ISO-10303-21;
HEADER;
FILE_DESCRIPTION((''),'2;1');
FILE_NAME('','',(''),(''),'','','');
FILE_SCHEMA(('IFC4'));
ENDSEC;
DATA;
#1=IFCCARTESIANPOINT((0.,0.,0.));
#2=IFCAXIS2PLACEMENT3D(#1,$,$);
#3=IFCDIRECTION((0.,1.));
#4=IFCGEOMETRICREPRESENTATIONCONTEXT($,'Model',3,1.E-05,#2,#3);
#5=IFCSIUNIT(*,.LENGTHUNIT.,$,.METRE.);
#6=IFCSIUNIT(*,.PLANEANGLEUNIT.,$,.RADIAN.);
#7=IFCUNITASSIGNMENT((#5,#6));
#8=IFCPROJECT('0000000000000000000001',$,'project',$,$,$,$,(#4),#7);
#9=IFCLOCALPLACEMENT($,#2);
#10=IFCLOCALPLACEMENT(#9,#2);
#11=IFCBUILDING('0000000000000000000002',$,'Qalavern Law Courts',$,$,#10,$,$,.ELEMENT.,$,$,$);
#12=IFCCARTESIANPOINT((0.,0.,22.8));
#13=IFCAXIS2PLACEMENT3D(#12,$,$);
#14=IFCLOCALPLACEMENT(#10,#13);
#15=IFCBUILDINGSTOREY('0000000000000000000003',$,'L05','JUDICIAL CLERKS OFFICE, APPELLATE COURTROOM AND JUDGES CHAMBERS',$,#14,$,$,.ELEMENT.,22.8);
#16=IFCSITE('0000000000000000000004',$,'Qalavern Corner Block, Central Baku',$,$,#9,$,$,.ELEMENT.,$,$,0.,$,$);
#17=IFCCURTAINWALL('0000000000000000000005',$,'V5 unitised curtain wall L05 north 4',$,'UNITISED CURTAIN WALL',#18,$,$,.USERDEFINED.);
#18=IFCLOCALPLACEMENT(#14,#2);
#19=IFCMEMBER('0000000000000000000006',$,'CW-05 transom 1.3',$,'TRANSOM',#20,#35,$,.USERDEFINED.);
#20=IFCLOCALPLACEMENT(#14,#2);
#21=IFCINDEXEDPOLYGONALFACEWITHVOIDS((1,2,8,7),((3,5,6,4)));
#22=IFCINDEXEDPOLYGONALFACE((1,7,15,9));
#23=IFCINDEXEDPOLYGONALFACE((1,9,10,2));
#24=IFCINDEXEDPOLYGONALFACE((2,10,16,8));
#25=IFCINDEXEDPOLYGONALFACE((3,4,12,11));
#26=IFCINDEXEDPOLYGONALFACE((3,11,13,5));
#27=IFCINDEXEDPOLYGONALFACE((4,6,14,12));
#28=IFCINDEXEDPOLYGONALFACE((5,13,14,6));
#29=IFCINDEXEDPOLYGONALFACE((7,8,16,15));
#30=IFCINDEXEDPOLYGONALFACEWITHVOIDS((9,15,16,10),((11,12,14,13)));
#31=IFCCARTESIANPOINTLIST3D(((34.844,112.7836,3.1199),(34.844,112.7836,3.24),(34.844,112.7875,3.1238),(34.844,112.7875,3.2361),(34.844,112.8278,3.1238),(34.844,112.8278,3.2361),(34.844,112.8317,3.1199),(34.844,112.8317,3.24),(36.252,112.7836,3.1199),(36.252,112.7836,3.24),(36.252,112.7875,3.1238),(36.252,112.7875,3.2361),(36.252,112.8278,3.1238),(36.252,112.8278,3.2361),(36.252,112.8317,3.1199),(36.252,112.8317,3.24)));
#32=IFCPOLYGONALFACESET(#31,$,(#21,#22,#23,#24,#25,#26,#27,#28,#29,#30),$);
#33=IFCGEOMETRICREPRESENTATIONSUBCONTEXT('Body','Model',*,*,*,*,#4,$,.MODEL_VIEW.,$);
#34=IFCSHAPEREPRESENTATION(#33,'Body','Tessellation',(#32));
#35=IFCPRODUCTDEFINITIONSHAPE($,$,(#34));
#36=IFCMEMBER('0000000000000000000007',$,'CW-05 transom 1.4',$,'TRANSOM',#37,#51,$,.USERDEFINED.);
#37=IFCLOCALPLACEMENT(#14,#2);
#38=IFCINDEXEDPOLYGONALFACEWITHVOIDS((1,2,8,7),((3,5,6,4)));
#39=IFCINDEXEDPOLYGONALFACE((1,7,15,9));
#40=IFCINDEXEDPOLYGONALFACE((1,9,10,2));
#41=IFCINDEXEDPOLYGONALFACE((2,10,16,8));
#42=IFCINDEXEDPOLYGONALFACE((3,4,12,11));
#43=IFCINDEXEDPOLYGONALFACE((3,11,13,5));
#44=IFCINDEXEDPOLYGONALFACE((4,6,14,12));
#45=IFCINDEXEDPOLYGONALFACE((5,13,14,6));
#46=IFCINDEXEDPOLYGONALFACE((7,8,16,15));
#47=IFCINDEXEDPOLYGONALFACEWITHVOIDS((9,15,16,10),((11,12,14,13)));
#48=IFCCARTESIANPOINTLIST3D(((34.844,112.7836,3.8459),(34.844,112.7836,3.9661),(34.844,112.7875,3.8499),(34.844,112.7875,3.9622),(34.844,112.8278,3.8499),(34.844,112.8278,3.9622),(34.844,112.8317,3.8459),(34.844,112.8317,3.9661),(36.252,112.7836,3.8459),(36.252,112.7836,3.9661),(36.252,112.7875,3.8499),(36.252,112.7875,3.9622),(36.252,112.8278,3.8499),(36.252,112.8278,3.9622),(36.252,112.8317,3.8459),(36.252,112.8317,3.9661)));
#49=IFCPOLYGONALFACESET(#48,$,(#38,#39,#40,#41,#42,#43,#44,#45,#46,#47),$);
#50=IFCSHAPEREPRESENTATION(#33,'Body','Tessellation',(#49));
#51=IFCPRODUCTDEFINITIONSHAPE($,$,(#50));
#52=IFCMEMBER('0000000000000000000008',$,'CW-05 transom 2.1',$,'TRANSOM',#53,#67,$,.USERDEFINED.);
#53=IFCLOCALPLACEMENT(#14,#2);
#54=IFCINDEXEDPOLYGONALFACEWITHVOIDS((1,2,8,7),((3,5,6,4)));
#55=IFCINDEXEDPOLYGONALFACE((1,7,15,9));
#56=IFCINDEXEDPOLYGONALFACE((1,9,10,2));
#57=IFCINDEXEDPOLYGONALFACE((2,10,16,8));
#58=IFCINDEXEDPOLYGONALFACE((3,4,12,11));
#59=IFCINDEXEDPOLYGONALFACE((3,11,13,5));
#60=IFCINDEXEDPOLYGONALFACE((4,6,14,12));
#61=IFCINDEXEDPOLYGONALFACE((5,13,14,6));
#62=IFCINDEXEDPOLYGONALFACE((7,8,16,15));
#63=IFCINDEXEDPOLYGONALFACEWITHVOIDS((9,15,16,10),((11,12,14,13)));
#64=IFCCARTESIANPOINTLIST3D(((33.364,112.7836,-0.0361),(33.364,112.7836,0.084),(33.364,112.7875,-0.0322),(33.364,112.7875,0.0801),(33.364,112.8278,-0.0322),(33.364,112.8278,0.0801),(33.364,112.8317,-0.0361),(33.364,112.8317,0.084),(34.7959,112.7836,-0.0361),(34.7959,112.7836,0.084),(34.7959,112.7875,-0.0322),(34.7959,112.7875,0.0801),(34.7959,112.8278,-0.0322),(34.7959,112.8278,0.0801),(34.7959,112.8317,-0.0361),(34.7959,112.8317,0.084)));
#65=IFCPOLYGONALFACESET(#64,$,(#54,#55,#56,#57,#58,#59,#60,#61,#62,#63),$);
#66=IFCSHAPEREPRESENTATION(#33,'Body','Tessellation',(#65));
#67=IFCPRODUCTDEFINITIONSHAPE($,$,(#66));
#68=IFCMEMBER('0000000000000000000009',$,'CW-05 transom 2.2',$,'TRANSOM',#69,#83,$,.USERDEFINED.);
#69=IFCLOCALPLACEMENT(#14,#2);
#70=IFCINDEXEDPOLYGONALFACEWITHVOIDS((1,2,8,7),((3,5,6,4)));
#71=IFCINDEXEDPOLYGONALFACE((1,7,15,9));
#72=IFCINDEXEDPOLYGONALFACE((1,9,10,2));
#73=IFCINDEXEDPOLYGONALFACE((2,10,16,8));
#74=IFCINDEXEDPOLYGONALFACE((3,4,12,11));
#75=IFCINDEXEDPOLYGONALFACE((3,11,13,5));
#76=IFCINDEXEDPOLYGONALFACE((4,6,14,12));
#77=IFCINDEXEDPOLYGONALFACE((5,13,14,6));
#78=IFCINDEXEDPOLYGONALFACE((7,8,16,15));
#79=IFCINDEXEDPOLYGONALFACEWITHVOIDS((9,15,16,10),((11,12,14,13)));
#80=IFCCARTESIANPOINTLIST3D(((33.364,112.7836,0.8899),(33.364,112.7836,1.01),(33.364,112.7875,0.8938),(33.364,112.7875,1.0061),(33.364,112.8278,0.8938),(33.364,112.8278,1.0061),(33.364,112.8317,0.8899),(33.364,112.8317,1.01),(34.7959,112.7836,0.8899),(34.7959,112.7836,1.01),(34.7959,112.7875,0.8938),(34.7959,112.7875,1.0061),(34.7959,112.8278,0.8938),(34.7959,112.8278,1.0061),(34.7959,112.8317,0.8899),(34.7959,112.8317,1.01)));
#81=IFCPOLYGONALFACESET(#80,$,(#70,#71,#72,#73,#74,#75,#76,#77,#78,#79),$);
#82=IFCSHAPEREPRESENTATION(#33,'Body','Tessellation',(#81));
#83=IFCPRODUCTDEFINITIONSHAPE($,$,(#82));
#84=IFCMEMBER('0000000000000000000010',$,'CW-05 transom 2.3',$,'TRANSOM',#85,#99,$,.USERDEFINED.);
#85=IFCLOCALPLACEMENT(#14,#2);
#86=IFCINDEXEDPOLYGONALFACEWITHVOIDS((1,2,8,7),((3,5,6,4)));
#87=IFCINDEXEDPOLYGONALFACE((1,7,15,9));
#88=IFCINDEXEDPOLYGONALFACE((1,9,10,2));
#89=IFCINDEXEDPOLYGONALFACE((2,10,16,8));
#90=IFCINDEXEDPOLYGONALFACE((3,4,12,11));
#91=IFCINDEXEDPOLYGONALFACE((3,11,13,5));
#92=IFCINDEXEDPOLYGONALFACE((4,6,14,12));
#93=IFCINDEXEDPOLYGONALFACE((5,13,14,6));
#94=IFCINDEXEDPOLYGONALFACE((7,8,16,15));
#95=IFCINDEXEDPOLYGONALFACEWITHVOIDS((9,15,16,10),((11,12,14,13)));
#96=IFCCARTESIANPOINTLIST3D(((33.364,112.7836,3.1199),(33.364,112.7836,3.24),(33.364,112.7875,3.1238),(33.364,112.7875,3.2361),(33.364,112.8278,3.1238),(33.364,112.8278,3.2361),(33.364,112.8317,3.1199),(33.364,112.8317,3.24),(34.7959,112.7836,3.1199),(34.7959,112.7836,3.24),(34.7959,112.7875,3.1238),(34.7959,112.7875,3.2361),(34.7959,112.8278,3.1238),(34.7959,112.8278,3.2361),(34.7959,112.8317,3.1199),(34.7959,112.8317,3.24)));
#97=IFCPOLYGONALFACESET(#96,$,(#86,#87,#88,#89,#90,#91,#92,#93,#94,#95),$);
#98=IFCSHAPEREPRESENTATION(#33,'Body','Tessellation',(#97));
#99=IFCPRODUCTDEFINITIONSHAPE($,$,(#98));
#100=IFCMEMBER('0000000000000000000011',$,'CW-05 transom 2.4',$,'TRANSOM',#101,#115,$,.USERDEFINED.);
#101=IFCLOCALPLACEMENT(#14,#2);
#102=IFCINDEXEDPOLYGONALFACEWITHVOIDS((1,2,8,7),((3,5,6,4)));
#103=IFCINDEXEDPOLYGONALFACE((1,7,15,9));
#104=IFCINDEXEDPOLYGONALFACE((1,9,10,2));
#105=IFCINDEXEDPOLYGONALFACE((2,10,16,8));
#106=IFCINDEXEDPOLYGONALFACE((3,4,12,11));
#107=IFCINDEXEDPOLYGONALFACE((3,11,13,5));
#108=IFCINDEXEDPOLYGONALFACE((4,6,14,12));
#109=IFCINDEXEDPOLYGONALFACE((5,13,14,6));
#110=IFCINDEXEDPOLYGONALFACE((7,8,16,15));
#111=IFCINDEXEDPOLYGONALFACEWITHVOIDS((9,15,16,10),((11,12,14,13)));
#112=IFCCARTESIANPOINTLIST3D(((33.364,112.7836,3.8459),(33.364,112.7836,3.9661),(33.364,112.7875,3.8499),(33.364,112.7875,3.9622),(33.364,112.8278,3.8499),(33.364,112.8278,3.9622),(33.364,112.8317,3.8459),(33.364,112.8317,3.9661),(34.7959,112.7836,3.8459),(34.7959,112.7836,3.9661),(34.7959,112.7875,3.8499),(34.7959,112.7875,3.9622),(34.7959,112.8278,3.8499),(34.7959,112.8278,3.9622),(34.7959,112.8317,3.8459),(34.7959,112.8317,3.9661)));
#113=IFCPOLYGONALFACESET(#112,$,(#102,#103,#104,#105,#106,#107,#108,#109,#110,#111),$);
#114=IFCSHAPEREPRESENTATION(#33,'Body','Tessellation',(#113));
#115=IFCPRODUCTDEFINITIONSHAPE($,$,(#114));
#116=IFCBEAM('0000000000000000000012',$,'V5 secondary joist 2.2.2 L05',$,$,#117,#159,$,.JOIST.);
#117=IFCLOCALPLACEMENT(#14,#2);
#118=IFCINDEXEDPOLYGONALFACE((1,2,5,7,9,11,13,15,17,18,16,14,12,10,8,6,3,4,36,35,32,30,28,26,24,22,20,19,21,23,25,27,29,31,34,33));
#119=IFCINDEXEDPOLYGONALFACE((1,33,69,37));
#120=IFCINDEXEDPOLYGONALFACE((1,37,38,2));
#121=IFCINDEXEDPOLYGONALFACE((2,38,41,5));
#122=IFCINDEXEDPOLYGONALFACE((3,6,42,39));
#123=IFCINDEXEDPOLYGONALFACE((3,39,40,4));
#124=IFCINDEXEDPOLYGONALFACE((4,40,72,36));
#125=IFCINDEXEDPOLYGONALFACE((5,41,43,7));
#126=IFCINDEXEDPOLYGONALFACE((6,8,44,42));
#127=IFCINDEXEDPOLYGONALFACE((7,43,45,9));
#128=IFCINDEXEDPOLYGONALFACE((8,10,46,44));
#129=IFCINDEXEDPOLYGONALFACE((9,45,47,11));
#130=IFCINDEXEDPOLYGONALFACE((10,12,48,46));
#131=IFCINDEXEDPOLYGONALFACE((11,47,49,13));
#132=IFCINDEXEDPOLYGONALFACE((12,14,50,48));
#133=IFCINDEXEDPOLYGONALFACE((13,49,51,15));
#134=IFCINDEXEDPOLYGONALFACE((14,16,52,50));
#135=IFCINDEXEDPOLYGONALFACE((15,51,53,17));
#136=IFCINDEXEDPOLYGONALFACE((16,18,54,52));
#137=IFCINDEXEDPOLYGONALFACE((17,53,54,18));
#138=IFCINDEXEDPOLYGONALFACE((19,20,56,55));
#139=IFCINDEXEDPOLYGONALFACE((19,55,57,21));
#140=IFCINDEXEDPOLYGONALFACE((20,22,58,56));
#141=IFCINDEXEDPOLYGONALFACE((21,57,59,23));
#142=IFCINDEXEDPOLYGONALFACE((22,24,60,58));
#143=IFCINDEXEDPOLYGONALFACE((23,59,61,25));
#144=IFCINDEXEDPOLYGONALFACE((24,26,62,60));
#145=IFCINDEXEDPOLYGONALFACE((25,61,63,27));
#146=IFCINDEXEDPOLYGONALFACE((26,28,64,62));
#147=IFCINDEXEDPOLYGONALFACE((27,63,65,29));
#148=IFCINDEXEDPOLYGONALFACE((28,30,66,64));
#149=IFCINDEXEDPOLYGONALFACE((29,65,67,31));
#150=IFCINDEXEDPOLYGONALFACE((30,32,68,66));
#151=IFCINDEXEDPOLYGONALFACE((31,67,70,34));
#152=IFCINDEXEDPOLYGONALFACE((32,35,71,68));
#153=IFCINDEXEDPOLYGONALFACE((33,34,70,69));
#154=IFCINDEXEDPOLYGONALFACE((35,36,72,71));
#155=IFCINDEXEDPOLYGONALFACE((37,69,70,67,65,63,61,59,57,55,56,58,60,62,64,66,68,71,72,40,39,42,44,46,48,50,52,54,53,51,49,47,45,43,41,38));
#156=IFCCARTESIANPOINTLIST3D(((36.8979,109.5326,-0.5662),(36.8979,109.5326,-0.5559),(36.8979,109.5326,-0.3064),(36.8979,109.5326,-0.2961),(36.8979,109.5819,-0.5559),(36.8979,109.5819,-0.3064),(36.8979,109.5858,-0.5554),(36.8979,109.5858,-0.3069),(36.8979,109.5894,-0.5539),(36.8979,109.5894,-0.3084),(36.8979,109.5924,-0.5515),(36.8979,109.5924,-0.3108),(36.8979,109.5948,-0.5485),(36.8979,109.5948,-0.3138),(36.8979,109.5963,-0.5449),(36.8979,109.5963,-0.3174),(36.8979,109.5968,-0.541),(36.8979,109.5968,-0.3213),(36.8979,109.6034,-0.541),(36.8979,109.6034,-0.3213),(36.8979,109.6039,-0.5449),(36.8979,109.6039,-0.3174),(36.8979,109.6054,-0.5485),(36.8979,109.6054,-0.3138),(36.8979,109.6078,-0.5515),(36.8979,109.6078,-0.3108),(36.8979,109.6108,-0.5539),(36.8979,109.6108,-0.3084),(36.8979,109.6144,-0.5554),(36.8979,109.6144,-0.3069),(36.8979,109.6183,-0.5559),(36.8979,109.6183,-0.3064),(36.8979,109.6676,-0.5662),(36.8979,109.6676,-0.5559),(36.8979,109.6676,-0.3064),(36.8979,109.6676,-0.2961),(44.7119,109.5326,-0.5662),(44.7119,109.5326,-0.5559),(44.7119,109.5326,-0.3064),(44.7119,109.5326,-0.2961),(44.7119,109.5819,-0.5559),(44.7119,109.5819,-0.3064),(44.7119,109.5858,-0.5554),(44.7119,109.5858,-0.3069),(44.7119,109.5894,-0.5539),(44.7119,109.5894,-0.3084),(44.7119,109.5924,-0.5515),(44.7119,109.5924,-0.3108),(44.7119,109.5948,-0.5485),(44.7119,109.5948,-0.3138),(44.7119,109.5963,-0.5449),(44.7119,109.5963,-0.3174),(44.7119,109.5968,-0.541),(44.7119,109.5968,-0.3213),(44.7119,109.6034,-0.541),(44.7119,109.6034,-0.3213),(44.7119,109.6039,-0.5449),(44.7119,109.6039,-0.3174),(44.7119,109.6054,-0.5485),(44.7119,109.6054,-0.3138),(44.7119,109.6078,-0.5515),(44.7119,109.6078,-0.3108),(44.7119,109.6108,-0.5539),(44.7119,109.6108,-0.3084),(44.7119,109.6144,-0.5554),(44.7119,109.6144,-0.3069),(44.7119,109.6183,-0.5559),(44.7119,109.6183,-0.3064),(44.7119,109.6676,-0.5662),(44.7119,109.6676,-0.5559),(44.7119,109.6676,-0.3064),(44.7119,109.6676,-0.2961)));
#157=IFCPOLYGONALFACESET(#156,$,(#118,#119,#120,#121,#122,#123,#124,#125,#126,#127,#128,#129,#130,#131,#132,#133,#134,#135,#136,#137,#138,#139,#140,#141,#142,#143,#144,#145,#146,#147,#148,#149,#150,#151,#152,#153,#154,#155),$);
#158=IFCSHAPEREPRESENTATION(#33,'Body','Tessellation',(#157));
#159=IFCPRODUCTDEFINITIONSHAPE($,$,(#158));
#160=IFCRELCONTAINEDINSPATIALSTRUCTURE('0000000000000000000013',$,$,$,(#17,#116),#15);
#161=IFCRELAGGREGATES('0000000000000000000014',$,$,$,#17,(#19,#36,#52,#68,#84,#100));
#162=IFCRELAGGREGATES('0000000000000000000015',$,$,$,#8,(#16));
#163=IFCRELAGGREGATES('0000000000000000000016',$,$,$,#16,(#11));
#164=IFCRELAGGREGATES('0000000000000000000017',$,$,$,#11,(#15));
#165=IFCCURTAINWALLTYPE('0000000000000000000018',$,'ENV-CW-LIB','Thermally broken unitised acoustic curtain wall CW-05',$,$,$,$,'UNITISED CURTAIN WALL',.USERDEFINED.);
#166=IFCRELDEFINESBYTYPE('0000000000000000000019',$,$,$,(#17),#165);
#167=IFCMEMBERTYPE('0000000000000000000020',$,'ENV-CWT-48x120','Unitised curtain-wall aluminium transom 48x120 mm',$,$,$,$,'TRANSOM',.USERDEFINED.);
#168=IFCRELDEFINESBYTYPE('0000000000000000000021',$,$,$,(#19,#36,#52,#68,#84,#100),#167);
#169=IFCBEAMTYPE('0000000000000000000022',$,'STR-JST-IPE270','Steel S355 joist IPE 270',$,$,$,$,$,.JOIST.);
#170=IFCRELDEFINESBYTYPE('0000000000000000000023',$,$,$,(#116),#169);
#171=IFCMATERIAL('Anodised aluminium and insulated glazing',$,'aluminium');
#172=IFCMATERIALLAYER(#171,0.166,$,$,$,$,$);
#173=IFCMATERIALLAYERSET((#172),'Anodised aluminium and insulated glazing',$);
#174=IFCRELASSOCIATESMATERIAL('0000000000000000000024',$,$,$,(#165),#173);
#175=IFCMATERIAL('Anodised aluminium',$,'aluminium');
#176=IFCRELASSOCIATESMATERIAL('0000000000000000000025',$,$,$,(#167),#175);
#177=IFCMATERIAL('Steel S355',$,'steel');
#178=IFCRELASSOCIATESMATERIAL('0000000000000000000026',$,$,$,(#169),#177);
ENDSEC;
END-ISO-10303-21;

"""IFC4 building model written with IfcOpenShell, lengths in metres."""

from ifc_helpers import new_model, si_unit, direction, frame, origin, origin_2d, place, context, subcontext, project, spatial, hollow_rectangle, i_section, extrude, material, layer, layer_set, material_profile, profile_set, type_object, element, aggregate, save


model = new_model("IFC4")

# Units and contexts
model_context = context("Model", 3, precision=1e-05, world=origin(), true_north=direction((0.0, 1.0)))
body_context = subcontext(model_context, "Body", "Model", "MODEL_VIEW")
ifc_project = project(units=[si_unit("LENGTHUNIT", "METRE"), si_unit("PLANEANGLEUNIT", "RADIAN")], contexts=[model_context])

# Site, building, storey
site_placement = place(None, origin())
site = spatial("IfcSite", under=ifc_project, at=site_placement, Name="Qalavern Corner Block, Central Baku", CompositionType="ELEMENT", RefElevation=0.0)
building_placement = place(site_placement, origin())
building = spatial("IfcBuilding", under=site, at=building_placement, Name="Qalavern Law Courts", CompositionType="ELEMENT")
storey_placement = place(building_placement, frame((0.0, 0.0, 22.8)))
storey = spatial("IfcBuildingStorey", under=building, at=storey_placement, Name="L05", Description="JUDICIAL CLERKS OFFICE, APPELLATE COURTROOM AND JUDGES CHAMBERS", CompositionType="ELEMENT", Elevation=22.8)

# Curtain wall
ifc_material_1 = material(Name="Anodised aluminium and insulated glazing", Category="aluminium")
ifc_layer_1 = layer(ifc_material_1, 0.166)
ifc_layer_set_1 = layer_set([ifc_layer_1], Name="Anodised aluminium and insulated glazing")
curtain_wall_type = type_object("IfcCurtainWallType", Name="ENV-CW-LIB", Description="Thermally broken unitised acoustic curtain wall CW-05", ElementType="UNITISED CURTAIN WALL", PredefinedType="USERDEFINED", material=ifc_layer_set_1)
ifc_material_2 = material(Name="Anodised aluminium", Category="aluminium")
curtain_wall_1_placement = place(storey_placement, origin())
curtain_wall_1 = element("IfcCurtainWall", 1, at=curtain_wall_1_placement, inside=storey, type_object=curtain_wall_type, Name="V5 unitised curtain wall L05 north 4", ObjectType="UNITISED CURTAIN WALL", PredefinedType="USERDEFINED")

# Members
ifc_material_profile_1 = material_profile(ifc_material_2, hollow_rectangle(XDim=0.0481, YDim=0.1201, WallThickness=0.0039, at=origin_2d()), Name="ALU TRANSOM 48x120")
ifc_profile_set_1 = profile_set([ifc_material_profile_1], Name="Anodised aluminium")
member_type_1 = type_object("IfcMemberType", Name="ENV-CWT-48x120", Description="Unitised curtain-wall aluminium transom 48x120 mm", ElementType="TRANSOM", PredefinedType="USERDEFINED", material=ifc_profile_set_1)
member_1_placement = place(storey_placement, frame((36.252, 112.8076, 3.1799), z_axis=(-1.0, 0.0, 0.0), x_axis=(0.0, -1.0, 0.0)))
member_1 = element("IfcMember", 2, at=member_1_placement, type_object=member_type_1, Name="CW-05 transom 1.3", ObjectType="TRANSOM", PredefinedType="USERDEFINED", context=body_context, shape_type="SweptSolid", body=[
    extrude(hollow_rectangle(XDim=0.0481, YDim=0.1201, WallThickness=0.0039, at=origin_2d()), origin(), (0.0, 0.0, 1.0), 1.408),
])
member_2_placement = place(storey_placement, frame((36.252, 112.8076, 3.906), z_axis=(-1.0, 0.0, 0.0), x_axis=(0.0, -1.0, 0.0)))
member_2 = element("IfcMember", 3, at=member_2_placement, type_object=member_type_1, Name="CW-05 transom 1.4", ObjectType="TRANSOM", PredefinedType="USERDEFINED", context=body_context, shape_type="SweptSolid", body=[
    extrude(hollow_rectangle(XDim=0.0481, YDim=0.1201, WallThickness=0.0039, at=origin_2d()), origin(), (0.0, 0.0, 1.0), 1.408),
])
member_3_placement = place(storey_placement, frame((34.7959, 112.8076, 0.0239), z_axis=(-1.0, 0.0, 0.0), x_axis=(0.0, -1.0, 0.0)))
member_3 = element("IfcMember", 4, at=member_3_placement, type_object=member_type_1, Name="CW-05 transom 2.1", ObjectType="TRANSOM", PredefinedType="USERDEFINED", context=body_context, shape_type="SweptSolid", body=[
    extrude(hollow_rectangle(XDim=0.0481, YDim=0.1201, WallThickness=0.0039, at=origin_2d()), origin(), (0.0, 0.0, 1.0), 1.4319),
])
member_4_placement = place(storey_placement, frame((34.7959, 112.8076, 0.95), z_axis=(-1.0, 0.0, 0.0), x_axis=(0.0, -1.0, 0.0)))
member_4 = element("IfcMember", 5, at=member_4_placement, type_object=member_type_1, Name="CW-05 transom 2.2", ObjectType="TRANSOM", PredefinedType="USERDEFINED", context=body_context, shape_type="SweptSolid", body=[
    extrude(hollow_rectangle(XDim=0.0481, YDim=0.1201, WallThickness=0.0039, at=origin_2d()), origin(), (0.0, 0.0, 1.0), 1.4319),
])
member_5_placement = place(storey_placement, frame((34.7959, 112.8076, 3.1799), z_axis=(-1.0, 0.0, 0.0), x_axis=(0.0, -1.0, 0.0)))
member_5 = element("IfcMember", 6, at=member_5_placement, type_object=member_type_1, Name="CW-05 transom 2.3", ObjectType="TRANSOM", PredefinedType="USERDEFINED", context=body_context, shape_type="SweptSolid", body=[
    extrude(hollow_rectangle(XDim=0.0481, YDim=0.1201, WallThickness=0.0039, at=origin_2d()), origin(), (0.0, 0.0, 1.0), 1.4319),
])
member_6_placement = place(storey_placement, frame((34.7959, 112.8076, 3.906), z_axis=(-1.0, 0.0, 0.0), x_axis=(0.0, -1.0, 0.0)))
member_6 = element("IfcMember", 7, at=member_6_placement, type_object=member_type_1, Name="CW-05 transom 2.4", ObjectType="TRANSOM", PredefinedType="USERDEFINED", context=body_context, shape_type="SweptSolid", body=[
    extrude(hollow_rectangle(XDim=0.0481, YDim=0.1201, WallThickness=0.0039, at=origin_2d()), origin(), (0.0, 0.0, 1.0), 1.4319),
])

# Beam
ifc_material_3 = material(Name="Steel S355", Category="steel")
ifc_material_profile_2 = material_profile(ifc_material_3, i_section(OverallWidth=0.135, OverallDepth=0.27, WebThickness=0.0066, FlangeThickness=0.0103, FilletRadius=0.0149, at=origin_2d()), Name="IPE 270")
ifc_profile_set_2 = profile_set([ifc_material_profile_2], Name="Steel S355")
beam_type_1 = type_object("IfcBeamType", Name="STR-JST-IPE270", Description="Steel S355 joist IPE 270", PredefinedType="JOIST", material=ifc_profile_set_2)
beam_1_placement = place(storey_placement, frame((36.8979, 109.6001, -0.4312), z_axis=(1.0, 0.0, 0.0), x_axis=(0.0, 1.0, 0.0)))
element("IfcBeam", 8, at=beam_1_placement, inside=storey, type_object=beam_type_1, Name="V5 secondary joist 2.2.2 L05", PredefinedType="JOIST", context=body_context, shape_type="SweptSolid", body=[
    extrude(i_section(OverallWidth=0.135, OverallDepth=0.27, WebThickness=0.0066, FlangeThickness=0.0103, FilletRadius=0.0149, at=origin_2d()), origin(), (0.0, 0.0, 1.0), 7.814),
])

aggregate(curtain_wall_1, [member_1, member_2, member_3, member_4, member_5, member_6])

save(model, "model.ifc")
